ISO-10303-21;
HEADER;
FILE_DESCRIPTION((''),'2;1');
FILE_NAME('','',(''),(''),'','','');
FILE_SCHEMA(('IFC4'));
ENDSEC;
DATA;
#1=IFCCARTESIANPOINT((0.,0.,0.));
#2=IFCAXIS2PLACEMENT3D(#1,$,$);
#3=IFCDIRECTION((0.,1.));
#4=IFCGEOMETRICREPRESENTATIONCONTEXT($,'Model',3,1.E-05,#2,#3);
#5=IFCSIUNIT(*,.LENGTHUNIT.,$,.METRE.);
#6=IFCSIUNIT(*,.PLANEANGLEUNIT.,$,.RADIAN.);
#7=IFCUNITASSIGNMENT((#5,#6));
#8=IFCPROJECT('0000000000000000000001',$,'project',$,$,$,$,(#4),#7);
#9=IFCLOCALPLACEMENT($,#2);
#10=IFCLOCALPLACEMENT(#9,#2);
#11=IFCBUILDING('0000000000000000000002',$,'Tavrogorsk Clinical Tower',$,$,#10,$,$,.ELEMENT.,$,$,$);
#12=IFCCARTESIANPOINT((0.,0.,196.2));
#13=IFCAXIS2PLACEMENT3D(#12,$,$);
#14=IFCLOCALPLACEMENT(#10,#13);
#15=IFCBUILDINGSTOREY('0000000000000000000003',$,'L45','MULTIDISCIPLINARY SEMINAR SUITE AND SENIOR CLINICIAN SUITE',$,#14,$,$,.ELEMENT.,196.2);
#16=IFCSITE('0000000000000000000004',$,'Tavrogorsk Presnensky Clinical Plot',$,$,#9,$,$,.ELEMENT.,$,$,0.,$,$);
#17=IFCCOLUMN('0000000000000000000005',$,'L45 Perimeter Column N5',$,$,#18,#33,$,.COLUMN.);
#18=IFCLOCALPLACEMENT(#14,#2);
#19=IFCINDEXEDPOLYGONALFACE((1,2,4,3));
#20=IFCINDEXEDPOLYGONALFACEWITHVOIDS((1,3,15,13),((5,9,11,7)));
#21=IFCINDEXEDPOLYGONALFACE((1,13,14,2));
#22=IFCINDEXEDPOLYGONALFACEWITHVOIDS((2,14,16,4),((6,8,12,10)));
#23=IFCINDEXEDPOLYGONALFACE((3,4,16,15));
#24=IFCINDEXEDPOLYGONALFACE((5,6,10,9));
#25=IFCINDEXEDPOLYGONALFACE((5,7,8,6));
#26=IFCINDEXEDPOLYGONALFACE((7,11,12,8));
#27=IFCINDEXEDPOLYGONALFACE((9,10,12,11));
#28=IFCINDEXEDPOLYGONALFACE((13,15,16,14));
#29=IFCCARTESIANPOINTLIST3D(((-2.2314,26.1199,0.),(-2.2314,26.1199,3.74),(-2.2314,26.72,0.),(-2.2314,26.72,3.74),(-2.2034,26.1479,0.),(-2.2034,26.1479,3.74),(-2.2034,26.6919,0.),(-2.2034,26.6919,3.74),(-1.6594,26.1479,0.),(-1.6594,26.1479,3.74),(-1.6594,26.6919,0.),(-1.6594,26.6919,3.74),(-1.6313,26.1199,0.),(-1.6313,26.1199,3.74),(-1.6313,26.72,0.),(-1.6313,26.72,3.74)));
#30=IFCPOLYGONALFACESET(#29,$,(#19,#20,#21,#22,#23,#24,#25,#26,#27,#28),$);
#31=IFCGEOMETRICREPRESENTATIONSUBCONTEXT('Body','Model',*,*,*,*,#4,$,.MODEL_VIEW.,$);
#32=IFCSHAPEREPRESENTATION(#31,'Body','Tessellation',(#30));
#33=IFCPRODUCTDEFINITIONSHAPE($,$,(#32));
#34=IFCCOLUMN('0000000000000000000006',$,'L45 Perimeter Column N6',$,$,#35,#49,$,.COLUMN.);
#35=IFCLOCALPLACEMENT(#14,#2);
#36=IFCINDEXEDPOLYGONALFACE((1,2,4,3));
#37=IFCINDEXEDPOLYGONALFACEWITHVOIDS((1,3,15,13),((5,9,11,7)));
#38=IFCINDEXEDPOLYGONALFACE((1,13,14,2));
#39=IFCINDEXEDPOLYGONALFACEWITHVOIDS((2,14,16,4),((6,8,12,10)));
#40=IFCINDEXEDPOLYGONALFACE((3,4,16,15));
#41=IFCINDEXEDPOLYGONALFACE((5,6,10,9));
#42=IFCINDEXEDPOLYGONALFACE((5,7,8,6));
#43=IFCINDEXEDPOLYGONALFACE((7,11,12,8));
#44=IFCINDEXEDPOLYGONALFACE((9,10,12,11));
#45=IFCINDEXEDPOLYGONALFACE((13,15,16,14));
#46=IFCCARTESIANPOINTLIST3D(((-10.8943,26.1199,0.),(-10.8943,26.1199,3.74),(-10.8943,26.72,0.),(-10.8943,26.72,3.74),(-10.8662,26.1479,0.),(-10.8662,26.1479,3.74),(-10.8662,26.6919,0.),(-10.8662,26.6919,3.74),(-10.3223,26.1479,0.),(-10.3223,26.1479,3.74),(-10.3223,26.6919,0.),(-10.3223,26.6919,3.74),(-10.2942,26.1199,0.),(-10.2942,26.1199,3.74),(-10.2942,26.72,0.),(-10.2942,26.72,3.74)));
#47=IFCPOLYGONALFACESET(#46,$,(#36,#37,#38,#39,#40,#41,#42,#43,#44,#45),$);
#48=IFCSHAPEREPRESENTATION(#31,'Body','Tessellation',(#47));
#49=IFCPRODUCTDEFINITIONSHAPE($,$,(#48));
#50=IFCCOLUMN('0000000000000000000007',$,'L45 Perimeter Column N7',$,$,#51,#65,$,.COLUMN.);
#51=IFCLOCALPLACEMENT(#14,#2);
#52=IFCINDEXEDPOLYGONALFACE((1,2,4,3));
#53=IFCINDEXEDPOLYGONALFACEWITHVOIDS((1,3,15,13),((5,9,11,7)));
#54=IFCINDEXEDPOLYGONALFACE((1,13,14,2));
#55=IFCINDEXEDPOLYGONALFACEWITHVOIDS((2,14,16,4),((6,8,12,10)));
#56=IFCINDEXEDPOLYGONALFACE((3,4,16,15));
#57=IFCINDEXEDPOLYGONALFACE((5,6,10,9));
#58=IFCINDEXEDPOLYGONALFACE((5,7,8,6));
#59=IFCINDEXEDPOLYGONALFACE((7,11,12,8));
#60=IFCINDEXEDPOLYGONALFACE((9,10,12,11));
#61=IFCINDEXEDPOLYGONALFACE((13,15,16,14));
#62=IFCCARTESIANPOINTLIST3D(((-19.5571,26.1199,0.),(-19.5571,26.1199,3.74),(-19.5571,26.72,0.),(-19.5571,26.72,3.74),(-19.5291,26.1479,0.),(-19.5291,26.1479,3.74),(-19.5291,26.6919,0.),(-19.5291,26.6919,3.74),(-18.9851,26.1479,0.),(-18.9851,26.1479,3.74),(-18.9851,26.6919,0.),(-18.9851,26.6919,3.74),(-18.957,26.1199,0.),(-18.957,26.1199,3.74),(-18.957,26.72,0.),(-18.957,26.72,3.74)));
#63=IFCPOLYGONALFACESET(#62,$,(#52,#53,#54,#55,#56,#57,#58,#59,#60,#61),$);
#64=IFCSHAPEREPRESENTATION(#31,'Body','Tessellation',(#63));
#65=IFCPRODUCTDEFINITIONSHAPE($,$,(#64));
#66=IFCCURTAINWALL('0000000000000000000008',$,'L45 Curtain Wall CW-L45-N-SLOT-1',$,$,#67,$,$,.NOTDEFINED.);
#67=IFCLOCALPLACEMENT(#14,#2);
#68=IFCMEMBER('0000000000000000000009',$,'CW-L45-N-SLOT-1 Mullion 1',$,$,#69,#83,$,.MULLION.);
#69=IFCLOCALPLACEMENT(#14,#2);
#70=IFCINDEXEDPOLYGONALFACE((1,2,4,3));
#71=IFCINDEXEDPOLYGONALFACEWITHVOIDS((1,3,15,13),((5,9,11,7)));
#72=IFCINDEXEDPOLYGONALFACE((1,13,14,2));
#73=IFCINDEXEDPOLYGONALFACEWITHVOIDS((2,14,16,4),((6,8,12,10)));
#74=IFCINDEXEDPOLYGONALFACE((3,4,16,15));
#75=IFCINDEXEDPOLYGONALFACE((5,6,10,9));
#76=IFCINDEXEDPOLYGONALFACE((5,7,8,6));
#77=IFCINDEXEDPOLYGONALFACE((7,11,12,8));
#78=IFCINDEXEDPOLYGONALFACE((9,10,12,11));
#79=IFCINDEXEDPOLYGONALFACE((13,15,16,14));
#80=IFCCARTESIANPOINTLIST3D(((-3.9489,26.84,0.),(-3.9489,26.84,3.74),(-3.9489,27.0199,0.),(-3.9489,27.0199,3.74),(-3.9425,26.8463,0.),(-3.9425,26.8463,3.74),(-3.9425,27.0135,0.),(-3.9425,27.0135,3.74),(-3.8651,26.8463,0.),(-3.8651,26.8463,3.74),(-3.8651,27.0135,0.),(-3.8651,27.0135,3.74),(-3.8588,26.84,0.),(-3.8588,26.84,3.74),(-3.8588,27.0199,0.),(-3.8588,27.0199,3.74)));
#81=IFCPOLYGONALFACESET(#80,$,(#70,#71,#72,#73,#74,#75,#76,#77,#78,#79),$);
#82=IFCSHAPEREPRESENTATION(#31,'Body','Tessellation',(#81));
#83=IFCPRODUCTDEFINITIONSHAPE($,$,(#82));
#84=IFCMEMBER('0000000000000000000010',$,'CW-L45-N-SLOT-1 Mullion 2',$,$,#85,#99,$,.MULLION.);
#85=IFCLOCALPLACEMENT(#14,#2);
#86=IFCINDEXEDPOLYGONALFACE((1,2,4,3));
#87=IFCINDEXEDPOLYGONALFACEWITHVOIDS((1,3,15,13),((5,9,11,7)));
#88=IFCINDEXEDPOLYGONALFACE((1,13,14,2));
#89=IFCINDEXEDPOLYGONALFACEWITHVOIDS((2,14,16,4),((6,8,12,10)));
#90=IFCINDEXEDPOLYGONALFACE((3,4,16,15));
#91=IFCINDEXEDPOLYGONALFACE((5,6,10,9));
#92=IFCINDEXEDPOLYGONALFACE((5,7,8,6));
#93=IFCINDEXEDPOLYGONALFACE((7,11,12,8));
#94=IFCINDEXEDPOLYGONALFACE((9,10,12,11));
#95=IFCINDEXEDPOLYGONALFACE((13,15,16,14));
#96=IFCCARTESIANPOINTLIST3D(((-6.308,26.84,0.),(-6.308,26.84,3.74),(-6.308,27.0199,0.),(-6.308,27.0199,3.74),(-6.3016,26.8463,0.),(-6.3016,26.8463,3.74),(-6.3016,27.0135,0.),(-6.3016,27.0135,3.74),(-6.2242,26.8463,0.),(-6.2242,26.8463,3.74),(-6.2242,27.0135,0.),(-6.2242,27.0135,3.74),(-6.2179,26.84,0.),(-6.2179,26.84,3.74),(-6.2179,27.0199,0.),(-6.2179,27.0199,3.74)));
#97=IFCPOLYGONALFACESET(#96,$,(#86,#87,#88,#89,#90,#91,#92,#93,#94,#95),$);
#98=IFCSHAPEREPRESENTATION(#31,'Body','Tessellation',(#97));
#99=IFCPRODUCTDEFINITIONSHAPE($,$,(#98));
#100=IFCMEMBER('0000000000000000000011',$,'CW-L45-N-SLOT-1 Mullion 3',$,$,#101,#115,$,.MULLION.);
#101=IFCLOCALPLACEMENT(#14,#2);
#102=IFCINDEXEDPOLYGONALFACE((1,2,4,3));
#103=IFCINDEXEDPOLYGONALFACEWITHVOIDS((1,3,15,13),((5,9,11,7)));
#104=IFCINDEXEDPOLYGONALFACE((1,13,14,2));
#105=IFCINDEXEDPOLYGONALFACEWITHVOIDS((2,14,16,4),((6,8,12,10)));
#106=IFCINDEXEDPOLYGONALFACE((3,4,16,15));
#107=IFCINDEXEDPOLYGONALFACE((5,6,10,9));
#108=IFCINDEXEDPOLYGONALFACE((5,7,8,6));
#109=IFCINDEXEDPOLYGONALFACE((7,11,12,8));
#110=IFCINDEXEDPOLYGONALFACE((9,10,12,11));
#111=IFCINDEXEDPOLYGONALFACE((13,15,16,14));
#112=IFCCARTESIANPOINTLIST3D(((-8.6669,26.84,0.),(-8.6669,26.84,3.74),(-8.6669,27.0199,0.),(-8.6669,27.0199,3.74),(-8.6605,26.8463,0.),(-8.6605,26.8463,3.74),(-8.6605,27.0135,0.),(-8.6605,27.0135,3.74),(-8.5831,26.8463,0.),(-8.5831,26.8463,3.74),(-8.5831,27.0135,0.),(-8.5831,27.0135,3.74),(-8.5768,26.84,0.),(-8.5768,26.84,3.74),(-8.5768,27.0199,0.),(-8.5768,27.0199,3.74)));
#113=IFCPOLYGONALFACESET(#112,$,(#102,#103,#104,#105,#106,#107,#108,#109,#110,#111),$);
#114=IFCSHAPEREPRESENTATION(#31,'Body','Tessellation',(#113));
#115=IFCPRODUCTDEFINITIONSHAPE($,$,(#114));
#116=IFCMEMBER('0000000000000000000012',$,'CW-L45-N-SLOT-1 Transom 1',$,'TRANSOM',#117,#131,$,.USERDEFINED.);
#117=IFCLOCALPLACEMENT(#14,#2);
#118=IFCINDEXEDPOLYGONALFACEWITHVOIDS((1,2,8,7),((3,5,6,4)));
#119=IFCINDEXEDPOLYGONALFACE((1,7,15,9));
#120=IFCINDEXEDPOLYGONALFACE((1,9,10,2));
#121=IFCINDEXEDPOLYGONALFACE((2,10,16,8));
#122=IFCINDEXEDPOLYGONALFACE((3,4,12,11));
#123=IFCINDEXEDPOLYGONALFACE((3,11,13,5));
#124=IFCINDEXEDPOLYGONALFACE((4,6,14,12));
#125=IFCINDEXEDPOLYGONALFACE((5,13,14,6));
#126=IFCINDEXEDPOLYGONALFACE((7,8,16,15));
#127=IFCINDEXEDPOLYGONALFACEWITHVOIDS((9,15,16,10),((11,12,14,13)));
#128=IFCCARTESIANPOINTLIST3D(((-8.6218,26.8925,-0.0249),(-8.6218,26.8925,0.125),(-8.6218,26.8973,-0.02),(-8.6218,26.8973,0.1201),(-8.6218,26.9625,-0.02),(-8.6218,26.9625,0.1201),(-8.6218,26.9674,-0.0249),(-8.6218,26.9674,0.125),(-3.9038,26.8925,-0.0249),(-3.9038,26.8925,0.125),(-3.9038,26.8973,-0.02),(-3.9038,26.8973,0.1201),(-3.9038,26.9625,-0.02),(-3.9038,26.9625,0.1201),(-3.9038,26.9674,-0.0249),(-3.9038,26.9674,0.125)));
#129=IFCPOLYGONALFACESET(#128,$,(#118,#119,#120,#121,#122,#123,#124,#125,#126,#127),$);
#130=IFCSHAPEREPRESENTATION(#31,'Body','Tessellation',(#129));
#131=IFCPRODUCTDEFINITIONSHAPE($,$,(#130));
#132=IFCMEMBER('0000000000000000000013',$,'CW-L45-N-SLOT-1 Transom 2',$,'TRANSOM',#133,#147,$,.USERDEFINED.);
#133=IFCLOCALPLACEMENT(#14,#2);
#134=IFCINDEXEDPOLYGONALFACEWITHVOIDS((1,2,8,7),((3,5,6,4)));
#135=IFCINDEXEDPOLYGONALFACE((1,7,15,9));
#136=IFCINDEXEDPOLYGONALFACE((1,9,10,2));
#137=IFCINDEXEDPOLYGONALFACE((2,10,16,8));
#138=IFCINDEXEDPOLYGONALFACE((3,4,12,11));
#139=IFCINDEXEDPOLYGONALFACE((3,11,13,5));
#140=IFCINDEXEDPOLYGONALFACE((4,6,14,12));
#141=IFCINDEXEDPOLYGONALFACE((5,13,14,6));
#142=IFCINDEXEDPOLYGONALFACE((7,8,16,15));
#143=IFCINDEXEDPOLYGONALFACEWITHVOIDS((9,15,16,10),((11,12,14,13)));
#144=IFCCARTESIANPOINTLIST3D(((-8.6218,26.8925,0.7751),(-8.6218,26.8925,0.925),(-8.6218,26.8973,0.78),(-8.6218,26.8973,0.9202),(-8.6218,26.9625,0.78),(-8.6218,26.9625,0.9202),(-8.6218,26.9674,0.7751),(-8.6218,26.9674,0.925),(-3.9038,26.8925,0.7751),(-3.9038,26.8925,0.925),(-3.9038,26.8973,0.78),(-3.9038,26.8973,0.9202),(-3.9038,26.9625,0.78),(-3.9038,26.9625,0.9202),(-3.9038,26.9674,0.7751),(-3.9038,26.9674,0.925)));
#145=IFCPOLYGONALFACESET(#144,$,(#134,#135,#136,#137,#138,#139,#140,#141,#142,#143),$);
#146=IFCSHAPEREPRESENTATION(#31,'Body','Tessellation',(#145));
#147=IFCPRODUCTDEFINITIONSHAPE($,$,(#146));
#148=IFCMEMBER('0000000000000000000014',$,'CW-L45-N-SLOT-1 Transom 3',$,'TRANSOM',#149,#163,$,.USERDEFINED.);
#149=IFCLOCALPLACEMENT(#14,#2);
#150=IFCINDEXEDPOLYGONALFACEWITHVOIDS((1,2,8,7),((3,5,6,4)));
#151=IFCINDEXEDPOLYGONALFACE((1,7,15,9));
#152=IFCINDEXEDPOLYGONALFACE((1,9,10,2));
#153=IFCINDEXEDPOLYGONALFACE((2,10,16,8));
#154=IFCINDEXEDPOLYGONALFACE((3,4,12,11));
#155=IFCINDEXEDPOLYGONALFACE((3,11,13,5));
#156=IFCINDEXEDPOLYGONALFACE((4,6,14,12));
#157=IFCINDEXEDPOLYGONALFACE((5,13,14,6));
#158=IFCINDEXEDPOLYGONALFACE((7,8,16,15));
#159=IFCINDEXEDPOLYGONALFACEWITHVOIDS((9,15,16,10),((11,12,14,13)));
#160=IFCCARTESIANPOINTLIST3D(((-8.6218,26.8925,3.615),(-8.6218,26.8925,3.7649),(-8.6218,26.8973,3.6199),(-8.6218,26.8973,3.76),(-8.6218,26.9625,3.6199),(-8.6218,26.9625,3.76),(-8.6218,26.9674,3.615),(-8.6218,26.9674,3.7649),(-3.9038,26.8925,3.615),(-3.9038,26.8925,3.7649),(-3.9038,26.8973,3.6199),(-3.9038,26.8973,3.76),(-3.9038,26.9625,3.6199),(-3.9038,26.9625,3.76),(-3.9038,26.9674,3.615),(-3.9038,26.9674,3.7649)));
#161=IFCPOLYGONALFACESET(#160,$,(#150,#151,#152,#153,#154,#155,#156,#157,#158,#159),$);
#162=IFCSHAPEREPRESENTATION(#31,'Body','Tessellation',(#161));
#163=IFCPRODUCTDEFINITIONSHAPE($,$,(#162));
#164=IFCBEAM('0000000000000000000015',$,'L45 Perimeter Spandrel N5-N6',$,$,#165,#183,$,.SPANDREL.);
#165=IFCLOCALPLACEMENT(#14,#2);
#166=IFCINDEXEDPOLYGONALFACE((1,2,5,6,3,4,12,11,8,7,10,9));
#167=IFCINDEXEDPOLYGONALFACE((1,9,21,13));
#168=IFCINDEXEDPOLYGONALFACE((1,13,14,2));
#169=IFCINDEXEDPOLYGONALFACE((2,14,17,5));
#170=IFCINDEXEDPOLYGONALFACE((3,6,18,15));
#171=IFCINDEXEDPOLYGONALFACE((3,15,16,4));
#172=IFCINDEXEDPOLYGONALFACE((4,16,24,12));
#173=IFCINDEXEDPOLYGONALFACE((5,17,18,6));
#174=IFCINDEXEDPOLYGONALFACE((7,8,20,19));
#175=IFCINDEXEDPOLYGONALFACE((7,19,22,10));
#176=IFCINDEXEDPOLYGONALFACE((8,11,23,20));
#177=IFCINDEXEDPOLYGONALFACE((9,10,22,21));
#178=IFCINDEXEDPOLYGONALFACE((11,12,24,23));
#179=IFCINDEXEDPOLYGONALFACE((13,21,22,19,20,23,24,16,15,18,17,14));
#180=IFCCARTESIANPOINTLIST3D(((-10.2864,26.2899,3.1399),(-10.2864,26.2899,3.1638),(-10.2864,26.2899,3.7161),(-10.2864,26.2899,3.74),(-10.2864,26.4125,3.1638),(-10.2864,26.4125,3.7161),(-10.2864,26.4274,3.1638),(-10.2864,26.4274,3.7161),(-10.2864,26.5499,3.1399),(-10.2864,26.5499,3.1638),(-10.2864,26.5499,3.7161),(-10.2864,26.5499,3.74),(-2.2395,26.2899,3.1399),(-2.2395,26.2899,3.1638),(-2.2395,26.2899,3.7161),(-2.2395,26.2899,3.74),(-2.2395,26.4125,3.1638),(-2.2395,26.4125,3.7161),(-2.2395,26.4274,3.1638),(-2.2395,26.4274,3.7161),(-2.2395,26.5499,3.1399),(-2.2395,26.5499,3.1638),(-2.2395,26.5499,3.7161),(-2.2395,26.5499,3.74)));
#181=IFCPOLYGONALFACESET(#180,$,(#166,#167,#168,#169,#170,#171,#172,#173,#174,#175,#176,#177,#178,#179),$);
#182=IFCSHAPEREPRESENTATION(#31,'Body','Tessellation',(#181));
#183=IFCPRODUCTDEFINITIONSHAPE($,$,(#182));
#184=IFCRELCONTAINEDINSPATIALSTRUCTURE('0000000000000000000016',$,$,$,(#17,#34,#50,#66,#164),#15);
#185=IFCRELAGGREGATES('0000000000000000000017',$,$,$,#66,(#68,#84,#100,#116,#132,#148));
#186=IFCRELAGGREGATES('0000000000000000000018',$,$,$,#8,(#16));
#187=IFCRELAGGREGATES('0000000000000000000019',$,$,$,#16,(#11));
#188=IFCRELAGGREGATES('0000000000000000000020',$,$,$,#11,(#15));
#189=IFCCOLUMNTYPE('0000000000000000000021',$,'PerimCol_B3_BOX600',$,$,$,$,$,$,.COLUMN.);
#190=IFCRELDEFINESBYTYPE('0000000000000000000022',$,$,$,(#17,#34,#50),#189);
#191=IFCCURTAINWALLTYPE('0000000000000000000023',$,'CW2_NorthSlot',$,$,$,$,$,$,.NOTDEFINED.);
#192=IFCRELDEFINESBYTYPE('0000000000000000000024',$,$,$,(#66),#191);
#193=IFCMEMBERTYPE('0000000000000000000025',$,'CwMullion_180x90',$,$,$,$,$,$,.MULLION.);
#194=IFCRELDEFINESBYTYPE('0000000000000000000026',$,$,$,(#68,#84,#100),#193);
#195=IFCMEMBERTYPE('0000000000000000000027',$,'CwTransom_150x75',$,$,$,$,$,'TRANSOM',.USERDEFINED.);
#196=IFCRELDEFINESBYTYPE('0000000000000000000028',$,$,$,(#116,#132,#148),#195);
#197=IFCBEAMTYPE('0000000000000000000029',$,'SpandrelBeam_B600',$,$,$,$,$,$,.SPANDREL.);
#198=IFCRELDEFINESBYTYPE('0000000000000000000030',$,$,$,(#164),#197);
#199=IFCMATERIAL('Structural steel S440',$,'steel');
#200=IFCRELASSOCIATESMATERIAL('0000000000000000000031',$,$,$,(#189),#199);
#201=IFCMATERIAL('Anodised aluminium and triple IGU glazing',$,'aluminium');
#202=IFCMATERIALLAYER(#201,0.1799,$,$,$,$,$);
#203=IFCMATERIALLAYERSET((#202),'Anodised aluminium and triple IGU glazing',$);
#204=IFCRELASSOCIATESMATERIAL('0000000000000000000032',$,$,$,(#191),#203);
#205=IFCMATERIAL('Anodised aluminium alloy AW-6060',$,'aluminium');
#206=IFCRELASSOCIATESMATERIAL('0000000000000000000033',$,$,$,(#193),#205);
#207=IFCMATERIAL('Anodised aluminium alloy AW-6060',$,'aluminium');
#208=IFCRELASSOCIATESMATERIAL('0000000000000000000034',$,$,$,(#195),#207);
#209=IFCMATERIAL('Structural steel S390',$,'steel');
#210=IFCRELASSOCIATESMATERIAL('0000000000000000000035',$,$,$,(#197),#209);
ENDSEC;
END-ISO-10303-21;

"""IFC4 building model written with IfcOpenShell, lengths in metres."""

from ifc_helpers import new_model, si_unit, direction, frame, origin, origin_2d, place, context, subcontext, project, spatial, hollow_rectangle, i_section, extrude, material, layer, layer_set, material_profile, profile_set, type_object, element, aggregate, save


model = new_model("IFC4")

# Units and contexts
model_context = context("Model", 3, precision=1e-05, world=origin(), true_north=direction((0.0, 1.0)))
body_context = subcontext(model_context, "Body", "Model", "MODEL_VIEW")
ifc_project = project(units=[si_unit("LENGTHUNIT", "METRE"), si_unit("PLANEANGLEUNIT", "RADIAN")], contexts=[model_context])

# Site, building, storey
site_placement = place(None, origin())
site = spatial("IfcSite", under=ifc_project, at=site_placement, Name="Tavrogorsk Presnensky Clinical Plot", CompositionType="ELEMENT", RefElevation=0.0)
building_placement = place(site_placement, origin())
building = spatial("IfcBuilding", under=site, at=building_placement, Name="Tavrogorsk Clinical Tower", CompositionType="ELEMENT")
storey_placement = place(building_placement, frame((0.0, 0.0, 196.2)))
storey = spatial("IfcBuildingStorey", under=building, at=storey_placement, Name="L45", Description="MULTIDISCIPLINARY SEMINAR SUITE AND SENIOR CLINICIAN SUITE", CompositionType="ELEMENT", Elevation=196.2)

# Columns
ifc_material_1 = material(Name="Structural steel S440", Category="steel")
ifc_material_profile_1 = material_profile(ifc_material_1, hollow_rectangle(XDim=0.6001, YDim=0.6001, WallThickness=0.0281, at=origin_2d()), Name="BOX-600x600x28")
ifc_profile_set_1 = profile_set([ifc_material_profile_1], Name="Structural steel S440")
column_type = type_object("IfcColumnType", Name="PerimCol_B3_BOX600", PredefinedType="COLUMN", material=ifc_profile_set_1)
for number, where, z_axis, x_axis, name in (
    (1, (-1.9314, 26.4199, 0.0), (0.0, 0.0, 1.0), (1.0, 0.0, 0.0), "L45 Perimeter Column N5"),
    (2, (-10.5942, 26.4199, 0.0), (0.0, 0.0, 1.0), (1.0, 0.0, 0.0), "L45 Perimeter Column N6"),
    (3, (-19.2571, 26.4199, 0.0), (0.0, 0.0, 1.0), (1.0, 0.0, 0.0), "L45 Perimeter Column N7"),
):
    element("IfcColumn", number, at=place(storey_placement, frame(where, z_axis=z_axis, x_axis=x_axis)), inside=storey, type_object=column_type, Name=name, PredefinedType="COLUMN", context=body_context, shape_type="SweptSolid", body=[
        extrude(hollow_rectangle(XDim=0.6001, YDim=0.6001, WallThickness=0.0281, at=origin_2d()), origin(), (0.0, 0.0, 1.0), 3.74),
    ])

# Curtain wall, members
ifc_material_2 = material(Name="Anodised aluminium and triple IGU glazing", Category="aluminium")
ifc_layer_1 = layer(ifc_material_2, 0.1799)
ifc_layer_set_1 = layer_set([ifc_layer_1], Name="Anodised aluminium and triple IGU glazing")
curtain_wall_type = type_object("IfcCurtainWallType", Name="CW2_NorthSlot", PredefinedType="NOTDEFINED", material=ifc_layer_set_1)
curtain_wall_placement = place(storey_placement, origin())
curtain_wall = element("IfcCurtainWall", 4, at=curtain_wall_placement, inside=storey, type_object=curtain_wall_type, Name="L45 Curtain Wall CW-L45-N-SLOT-1", PredefinedType="NOTDEFINED")
ifc_material_3 = material(Name="Anodised aluminium alloy AW-6060", Category="aluminium")
ifc_material_profile_2 = material_profile(ifc_material_3, hollow_rectangle(XDim=0.0901, YDim=0.1799, WallThickness=0.0063, at=origin_2d()), Name="RHS-180x90x6.3")
ifc_profile_set_2 = profile_set([ifc_material_profile_2], Name="Anodised aluminium alloy AW-6060")
member_type_1 = type_object("IfcMemberType", Name="CwMullion_180x90", PredefinedType="MULLION", material=ifc_profile_set_2)
member_1_placement = place(storey_placement, frame((-3.9038, 26.9299, 0.0), z_axis=(0.0, 0.0, 1.0), x_axis=(-1.0, 0.0, 0.0)))
member_1 = element("IfcMember", 5, at=member_1_placement, type_object=member_type_1, Name="CW-L45-N-SLOT-1 Mullion 1", PredefinedType="MULLION", context=body_context, shape_type="SweptSolid", body=[
    extrude(hollow_rectangle(XDim=0.0901, YDim=0.1799, WallThickness=0.0063, at=origin_2d()), origin(), (0.0, 0.0, 1.0), 3.74),
])
member_2_placement = place(storey_placement, frame((-6.2629, 26.9299, 0.0), z_axis=(0.0, 0.0, 1.0), x_axis=(-1.0, 0.0, 0.0)))
member_2 = element("IfcMember", 6, at=member_2_placement, type_object=member_type_1, Name="CW-L45-N-SLOT-1 Mullion 2", PredefinedType="MULLION", context=body_context, shape_type="SweptSolid", body=[
    extrude(hollow_rectangle(XDim=0.0901, YDim=0.1799, WallThickness=0.0063, at=origin_2d()), origin(), (0.0, 0.0, 1.0), 3.74),
])
member_3_placement = place(storey_placement, frame((-8.6218, 26.9299, 0.0), z_axis=(0.0, 0.0, 1.0), x_axis=(-1.0, 0.0, 0.0)))
member_3 = element("IfcMember", 7, at=member_3_placement, type_object=member_type_1, Name="CW-L45-N-SLOT-1 Mullion 3", PredefinedType="MULLION", context=body_context, shape_type="SweptSolid", body=[
    extrude(hollow_rectangle(XDim=0.0901, YDim=0.1799, WallThickness=0.0063, at=origin_2d()), origin(), (0.0, 0.0, 1.0), 3.74),
])
ifc_material_4 = material(Name="Anodised aluminium alloy AW-6060", Category="aluminium")
ifc_material_profile_3 = material_profile(ifc_material_4, hollow_rectangle(XDim=0.075, YDim=0.1499, WallThickness=0.0049, at=origin_2d()), Name="RHS-150x75x5")
ifc_profile_set_3 = profile_set([ifc_material_profile_3], Name="Anodised aluminium alloy AW-6060")
member_type_2 = type_object("IfcMemberType", Name="CwTransom_150x75", ElementType="TRANSOM", PredefinedType="USERDEFINED", material=ifc_profile_set_3)
member_4_placement = place(storey_placement, frame((-3.9038, 26.9299, 0.05), z_axis=(-1.0, 0.0, 0.0), x_axis=(0.0, -1.0, 0.0)))
member_4 = element("IfcMember", 8, at=member_4_placement, type_object=member_type_2, Name="CW-L45-N-SLOT-1 Transom 1", ObjectType="TRANSOM", PredefinedType="USERDEFINED", context=body_context, shape_type="SweptSolid", body=[
    extrude(hollow_rectangle(XDim=0.075, YDim=0.1499, WallThickness=0.0049, at=origin_2d()), origin(), (0.0, 0.0, 1.0), 4.718),
])
member_5_placement = place(storey_placement, frame((-3.9038, 26.9299, 0.8501), z_axis=(-1.0, 0.0, 0.0), x_axis=(0.0, -1.0, 0.0)))
member_5 = element("IfcMember", 9, at=member_5_placement, type_object=member_type_2, Name="CW-L45-N-SLOT-1 Transom 2", ObjectType="TRANSOM", PredefinedType="USERDEFINED", context=body_context, shape_type="SweptSolid", body=[
    extrude(hollow_rectangle(XDim=0.075, YDim=0.1499, WallThickness=0.0049, at=origin_2d()), origin(), (0.0, 0.0, 1.0), 4.718),
])
member_6_placement = place(storey_placement, frame((-3.9038, 26.9299, 3.6899), z_axis=(-1.0, 0.0, 0.0), x_axis=(0.0, -1.0, 0.0)))
member_6 = element("IfcMember", 10, at=member_6_placement, type_object=member_type_2, Name="CW-L45-N-SLOT-1 Transom 3", ObjectType="TRANSOM", PredefinedType="USERDEFINED", context=body_context, shape_type="SweptSolid", body=[
    extrude(hollow_rectangle(XDim=0.075, YDim=0.1499, WallThickness=0.0049, at=origin_2d()), origin(), (0.0, 0.0, 1.0), 4.718),
])

# Beam
ifc_material_5 = material(Name="Structural steel S390", Category="steel")
ifc_material_profile_4 = material_profile(ifc_material_5, i_section(OverallWidth=0.26, OverallDepth=0.6001, WebThickness=0.0149, FlangeThickness=0.0239, at=origin_2d()), Name="B-600x260x15x24")
ifc_profile_set_4 = profile_set([ifc_material_profile_4], Name="Structural steel S390")
beam_type = type_object("IfcBeamType", Name="SpandrelBeam_B600", PredefinedType="SPANDREL", material=ifc_profile_set_4)
for number, where, z_axis, x_axis, name in (
    (11, (-2.2395, 26.4199, 3.4399), (-1.0, 0.0, 0.0), (0.0, -1.0, 0.0), "L45 Perimeter Spandrel N5-N6"),
):
    element("IfcBeam", number, at=place(storey_placement, frame(where, z_axis=z_axis, x_axis=x_axis)), inside=storey, type_object=beam_type, Name=name, PredefinedType="SPANDREL", context=body_context, shape_type="SweptSolid", body=[
        extrude(i_section(OverallWidth=0.26, OverallDepth=0.6001, WebThickness=0.0149, FlangeThickness=0.0239, at=origin_2d()), origin(), (0.0, 0.0, 1.0), 8.0469),
    ])

aggregate(curtain_wall, [member_1, member_2, member_3, member_4, member_5, member_6])

save(model, "model.ifc")
